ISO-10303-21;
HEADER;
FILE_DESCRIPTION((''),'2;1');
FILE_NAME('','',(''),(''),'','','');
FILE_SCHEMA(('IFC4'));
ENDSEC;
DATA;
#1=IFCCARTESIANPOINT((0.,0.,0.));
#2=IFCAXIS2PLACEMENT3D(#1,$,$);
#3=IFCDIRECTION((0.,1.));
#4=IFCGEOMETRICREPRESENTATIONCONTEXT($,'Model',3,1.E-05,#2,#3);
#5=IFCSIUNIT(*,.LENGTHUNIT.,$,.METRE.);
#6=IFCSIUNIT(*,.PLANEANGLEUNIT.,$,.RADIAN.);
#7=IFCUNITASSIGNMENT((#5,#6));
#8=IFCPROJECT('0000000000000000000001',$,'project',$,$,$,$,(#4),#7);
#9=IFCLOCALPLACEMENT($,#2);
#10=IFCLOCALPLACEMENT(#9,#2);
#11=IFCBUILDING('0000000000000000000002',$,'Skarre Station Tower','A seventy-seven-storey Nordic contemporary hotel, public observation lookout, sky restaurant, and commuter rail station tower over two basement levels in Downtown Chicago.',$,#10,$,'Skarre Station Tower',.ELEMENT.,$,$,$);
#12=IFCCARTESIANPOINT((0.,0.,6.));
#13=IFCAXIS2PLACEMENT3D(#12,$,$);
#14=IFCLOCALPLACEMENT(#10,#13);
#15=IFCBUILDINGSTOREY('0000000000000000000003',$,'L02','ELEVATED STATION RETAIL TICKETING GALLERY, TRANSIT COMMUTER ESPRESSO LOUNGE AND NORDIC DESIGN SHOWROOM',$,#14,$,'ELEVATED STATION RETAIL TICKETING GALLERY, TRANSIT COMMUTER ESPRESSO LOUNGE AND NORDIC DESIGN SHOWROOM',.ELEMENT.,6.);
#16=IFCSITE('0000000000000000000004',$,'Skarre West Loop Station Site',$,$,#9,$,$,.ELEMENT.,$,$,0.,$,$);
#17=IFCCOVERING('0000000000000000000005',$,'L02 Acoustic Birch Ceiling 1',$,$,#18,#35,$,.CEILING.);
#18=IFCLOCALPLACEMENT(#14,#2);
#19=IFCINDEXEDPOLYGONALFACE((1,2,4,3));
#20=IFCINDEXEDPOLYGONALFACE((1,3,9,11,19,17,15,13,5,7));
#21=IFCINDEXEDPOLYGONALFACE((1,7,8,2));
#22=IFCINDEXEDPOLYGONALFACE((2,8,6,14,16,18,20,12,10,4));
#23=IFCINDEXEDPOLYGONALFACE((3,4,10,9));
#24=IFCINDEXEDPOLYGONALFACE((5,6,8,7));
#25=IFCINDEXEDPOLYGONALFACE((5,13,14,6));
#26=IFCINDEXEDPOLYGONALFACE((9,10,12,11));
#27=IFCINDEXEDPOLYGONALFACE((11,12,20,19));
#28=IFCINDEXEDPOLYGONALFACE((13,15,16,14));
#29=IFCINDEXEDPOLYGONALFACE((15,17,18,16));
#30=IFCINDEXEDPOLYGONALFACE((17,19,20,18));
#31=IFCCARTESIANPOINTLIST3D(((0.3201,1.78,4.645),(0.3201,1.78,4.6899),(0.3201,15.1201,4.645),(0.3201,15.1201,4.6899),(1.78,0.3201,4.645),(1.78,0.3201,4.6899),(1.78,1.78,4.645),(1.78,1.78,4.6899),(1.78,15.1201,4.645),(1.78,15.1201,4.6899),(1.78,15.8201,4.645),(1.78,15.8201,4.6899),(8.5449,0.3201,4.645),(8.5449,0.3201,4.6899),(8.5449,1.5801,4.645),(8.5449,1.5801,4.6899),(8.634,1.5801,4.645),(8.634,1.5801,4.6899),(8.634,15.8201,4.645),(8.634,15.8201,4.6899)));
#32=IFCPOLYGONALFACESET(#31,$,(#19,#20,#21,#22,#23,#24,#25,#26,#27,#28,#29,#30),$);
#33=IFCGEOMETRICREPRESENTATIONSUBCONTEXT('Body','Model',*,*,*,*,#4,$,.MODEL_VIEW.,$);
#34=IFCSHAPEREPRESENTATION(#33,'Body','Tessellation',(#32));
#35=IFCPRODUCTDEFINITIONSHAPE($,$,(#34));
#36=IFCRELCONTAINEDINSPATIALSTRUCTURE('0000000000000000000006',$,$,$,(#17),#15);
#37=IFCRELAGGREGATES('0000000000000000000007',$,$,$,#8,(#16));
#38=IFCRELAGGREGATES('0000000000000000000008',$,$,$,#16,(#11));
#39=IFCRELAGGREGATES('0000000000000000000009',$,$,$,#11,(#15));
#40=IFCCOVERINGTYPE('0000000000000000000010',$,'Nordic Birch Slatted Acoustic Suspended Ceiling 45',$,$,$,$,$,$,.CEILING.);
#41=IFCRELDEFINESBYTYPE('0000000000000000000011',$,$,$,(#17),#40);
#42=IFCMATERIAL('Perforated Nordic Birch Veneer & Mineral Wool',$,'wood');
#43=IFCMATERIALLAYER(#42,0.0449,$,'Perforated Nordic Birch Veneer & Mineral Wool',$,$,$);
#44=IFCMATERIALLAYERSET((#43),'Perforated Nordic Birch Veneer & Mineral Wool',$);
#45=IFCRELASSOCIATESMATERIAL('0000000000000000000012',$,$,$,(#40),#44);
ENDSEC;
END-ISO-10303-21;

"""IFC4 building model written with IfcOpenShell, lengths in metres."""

from ifc_helpers import new_model, si_unit, direction, frame, origin, place, context, subcontext, project, spatial, polyline, outline, extrude, material, layer, layer_set, type_object, element, save


model = new_model("IFC4")

# Units and contexts
model_context = context("Model", 3, precision=1e-05, world=origin(), true_north=direction((0.0, 1.0)))
body_context = subcontext(model_context, "Body", "Model", "MODEL_VIEW")
ifc_project = project(units=[si_unit("LENGTHUNIT", "METRE"), si_unit("PLANEANGLEUNIT", "RADIAN")], contexts=[model_context])

# Site, building, storey
site_placement = place(None, origin())
site = spatial("IfcSite", under=ifc_project, at=site_placement, Name="Skarre West Loop Station Site", CompositionType="ELEMENT", RefElevation=0.0)
building_placement = place(site_placement, origin())
building = spatial("IfcBuilding", under=site, at=building_placement, Name="Skarre Station Tower", Description="A seventy-seven-storey Nordic contemporary hotel, public observation lookout, sky restaurant, and commuter rail station tower over two basement levels in Downtown Chicago.", LongName="Skarre Station Tower", CompositionType="ELEMENT")
storey_placement = place(building_placement, frame((0.0, 0.0, 6.0)))
storey = spatial("IfcBuildingStorey", under=building, at=storey_placement, Name="L02", Description="ELEVATED STATION RETAIL TICKETING GALLERY, TRANSIT COMMUTER ESPRESSO LOUNGE AND NORDIC DESIGN SHOWROOM", LongName="ELEVATED STATION RETAIL TICKETING GALLERY, TRANSIT COMMUTER ESPRESSO LOUNGE AND NORDIC DESIGN SHOWROOM", CompositionType="ELEMENT", Elevation=6.0)

# Covering
ifc_material_1 = material(Name="Perforated Nordic Birch Veneer & Mineral Wool", Category="wood")
ifc_layer_1 = layer(ifc_material_1, 0.0449, Name="Perforated Nordic Birch Veneer & Mineral Wool")
ifc_layer_set_1 = layer_set([ifc_layer_1], Name="Perforated Nordic Birch Veneer & Mineral Wool")
covering_type_1 = type_object("IfcCoveringType", Name="Nordic Birch Slatted Acoustic Suspended Ceiling 45", PredefinedType="CEILING", material=ifc_layer_set_1)
covering_1_placement = place(storey_placement, frame((0.0, 0.0, 4.645)))
element("IfcCovering", 1, at=covering_1_placement, inside=storey, type_object=covering_type_1, Name="L02 Acoustic Birch Ceiling 1", PredefinedType="CEILING", context=body_context, shape_type="SweptSolid", body=[
    extrude(outline(polyline([(1.78, 0.3201), (8.5449, 0.3201), (8.5449, 1.5801), (8.634, 1.5801), (8.634, 15.8201), (1.78, 15.8201), (1.78, 15.1201), (0.3201, 15.1201), (0.3201, 1.78), (1.78, 1.78), (1.78, 0.3201)])), origin(), (0.0, 0.0, 1.0), 0.0449),
])

save(model, "model.ifc")
